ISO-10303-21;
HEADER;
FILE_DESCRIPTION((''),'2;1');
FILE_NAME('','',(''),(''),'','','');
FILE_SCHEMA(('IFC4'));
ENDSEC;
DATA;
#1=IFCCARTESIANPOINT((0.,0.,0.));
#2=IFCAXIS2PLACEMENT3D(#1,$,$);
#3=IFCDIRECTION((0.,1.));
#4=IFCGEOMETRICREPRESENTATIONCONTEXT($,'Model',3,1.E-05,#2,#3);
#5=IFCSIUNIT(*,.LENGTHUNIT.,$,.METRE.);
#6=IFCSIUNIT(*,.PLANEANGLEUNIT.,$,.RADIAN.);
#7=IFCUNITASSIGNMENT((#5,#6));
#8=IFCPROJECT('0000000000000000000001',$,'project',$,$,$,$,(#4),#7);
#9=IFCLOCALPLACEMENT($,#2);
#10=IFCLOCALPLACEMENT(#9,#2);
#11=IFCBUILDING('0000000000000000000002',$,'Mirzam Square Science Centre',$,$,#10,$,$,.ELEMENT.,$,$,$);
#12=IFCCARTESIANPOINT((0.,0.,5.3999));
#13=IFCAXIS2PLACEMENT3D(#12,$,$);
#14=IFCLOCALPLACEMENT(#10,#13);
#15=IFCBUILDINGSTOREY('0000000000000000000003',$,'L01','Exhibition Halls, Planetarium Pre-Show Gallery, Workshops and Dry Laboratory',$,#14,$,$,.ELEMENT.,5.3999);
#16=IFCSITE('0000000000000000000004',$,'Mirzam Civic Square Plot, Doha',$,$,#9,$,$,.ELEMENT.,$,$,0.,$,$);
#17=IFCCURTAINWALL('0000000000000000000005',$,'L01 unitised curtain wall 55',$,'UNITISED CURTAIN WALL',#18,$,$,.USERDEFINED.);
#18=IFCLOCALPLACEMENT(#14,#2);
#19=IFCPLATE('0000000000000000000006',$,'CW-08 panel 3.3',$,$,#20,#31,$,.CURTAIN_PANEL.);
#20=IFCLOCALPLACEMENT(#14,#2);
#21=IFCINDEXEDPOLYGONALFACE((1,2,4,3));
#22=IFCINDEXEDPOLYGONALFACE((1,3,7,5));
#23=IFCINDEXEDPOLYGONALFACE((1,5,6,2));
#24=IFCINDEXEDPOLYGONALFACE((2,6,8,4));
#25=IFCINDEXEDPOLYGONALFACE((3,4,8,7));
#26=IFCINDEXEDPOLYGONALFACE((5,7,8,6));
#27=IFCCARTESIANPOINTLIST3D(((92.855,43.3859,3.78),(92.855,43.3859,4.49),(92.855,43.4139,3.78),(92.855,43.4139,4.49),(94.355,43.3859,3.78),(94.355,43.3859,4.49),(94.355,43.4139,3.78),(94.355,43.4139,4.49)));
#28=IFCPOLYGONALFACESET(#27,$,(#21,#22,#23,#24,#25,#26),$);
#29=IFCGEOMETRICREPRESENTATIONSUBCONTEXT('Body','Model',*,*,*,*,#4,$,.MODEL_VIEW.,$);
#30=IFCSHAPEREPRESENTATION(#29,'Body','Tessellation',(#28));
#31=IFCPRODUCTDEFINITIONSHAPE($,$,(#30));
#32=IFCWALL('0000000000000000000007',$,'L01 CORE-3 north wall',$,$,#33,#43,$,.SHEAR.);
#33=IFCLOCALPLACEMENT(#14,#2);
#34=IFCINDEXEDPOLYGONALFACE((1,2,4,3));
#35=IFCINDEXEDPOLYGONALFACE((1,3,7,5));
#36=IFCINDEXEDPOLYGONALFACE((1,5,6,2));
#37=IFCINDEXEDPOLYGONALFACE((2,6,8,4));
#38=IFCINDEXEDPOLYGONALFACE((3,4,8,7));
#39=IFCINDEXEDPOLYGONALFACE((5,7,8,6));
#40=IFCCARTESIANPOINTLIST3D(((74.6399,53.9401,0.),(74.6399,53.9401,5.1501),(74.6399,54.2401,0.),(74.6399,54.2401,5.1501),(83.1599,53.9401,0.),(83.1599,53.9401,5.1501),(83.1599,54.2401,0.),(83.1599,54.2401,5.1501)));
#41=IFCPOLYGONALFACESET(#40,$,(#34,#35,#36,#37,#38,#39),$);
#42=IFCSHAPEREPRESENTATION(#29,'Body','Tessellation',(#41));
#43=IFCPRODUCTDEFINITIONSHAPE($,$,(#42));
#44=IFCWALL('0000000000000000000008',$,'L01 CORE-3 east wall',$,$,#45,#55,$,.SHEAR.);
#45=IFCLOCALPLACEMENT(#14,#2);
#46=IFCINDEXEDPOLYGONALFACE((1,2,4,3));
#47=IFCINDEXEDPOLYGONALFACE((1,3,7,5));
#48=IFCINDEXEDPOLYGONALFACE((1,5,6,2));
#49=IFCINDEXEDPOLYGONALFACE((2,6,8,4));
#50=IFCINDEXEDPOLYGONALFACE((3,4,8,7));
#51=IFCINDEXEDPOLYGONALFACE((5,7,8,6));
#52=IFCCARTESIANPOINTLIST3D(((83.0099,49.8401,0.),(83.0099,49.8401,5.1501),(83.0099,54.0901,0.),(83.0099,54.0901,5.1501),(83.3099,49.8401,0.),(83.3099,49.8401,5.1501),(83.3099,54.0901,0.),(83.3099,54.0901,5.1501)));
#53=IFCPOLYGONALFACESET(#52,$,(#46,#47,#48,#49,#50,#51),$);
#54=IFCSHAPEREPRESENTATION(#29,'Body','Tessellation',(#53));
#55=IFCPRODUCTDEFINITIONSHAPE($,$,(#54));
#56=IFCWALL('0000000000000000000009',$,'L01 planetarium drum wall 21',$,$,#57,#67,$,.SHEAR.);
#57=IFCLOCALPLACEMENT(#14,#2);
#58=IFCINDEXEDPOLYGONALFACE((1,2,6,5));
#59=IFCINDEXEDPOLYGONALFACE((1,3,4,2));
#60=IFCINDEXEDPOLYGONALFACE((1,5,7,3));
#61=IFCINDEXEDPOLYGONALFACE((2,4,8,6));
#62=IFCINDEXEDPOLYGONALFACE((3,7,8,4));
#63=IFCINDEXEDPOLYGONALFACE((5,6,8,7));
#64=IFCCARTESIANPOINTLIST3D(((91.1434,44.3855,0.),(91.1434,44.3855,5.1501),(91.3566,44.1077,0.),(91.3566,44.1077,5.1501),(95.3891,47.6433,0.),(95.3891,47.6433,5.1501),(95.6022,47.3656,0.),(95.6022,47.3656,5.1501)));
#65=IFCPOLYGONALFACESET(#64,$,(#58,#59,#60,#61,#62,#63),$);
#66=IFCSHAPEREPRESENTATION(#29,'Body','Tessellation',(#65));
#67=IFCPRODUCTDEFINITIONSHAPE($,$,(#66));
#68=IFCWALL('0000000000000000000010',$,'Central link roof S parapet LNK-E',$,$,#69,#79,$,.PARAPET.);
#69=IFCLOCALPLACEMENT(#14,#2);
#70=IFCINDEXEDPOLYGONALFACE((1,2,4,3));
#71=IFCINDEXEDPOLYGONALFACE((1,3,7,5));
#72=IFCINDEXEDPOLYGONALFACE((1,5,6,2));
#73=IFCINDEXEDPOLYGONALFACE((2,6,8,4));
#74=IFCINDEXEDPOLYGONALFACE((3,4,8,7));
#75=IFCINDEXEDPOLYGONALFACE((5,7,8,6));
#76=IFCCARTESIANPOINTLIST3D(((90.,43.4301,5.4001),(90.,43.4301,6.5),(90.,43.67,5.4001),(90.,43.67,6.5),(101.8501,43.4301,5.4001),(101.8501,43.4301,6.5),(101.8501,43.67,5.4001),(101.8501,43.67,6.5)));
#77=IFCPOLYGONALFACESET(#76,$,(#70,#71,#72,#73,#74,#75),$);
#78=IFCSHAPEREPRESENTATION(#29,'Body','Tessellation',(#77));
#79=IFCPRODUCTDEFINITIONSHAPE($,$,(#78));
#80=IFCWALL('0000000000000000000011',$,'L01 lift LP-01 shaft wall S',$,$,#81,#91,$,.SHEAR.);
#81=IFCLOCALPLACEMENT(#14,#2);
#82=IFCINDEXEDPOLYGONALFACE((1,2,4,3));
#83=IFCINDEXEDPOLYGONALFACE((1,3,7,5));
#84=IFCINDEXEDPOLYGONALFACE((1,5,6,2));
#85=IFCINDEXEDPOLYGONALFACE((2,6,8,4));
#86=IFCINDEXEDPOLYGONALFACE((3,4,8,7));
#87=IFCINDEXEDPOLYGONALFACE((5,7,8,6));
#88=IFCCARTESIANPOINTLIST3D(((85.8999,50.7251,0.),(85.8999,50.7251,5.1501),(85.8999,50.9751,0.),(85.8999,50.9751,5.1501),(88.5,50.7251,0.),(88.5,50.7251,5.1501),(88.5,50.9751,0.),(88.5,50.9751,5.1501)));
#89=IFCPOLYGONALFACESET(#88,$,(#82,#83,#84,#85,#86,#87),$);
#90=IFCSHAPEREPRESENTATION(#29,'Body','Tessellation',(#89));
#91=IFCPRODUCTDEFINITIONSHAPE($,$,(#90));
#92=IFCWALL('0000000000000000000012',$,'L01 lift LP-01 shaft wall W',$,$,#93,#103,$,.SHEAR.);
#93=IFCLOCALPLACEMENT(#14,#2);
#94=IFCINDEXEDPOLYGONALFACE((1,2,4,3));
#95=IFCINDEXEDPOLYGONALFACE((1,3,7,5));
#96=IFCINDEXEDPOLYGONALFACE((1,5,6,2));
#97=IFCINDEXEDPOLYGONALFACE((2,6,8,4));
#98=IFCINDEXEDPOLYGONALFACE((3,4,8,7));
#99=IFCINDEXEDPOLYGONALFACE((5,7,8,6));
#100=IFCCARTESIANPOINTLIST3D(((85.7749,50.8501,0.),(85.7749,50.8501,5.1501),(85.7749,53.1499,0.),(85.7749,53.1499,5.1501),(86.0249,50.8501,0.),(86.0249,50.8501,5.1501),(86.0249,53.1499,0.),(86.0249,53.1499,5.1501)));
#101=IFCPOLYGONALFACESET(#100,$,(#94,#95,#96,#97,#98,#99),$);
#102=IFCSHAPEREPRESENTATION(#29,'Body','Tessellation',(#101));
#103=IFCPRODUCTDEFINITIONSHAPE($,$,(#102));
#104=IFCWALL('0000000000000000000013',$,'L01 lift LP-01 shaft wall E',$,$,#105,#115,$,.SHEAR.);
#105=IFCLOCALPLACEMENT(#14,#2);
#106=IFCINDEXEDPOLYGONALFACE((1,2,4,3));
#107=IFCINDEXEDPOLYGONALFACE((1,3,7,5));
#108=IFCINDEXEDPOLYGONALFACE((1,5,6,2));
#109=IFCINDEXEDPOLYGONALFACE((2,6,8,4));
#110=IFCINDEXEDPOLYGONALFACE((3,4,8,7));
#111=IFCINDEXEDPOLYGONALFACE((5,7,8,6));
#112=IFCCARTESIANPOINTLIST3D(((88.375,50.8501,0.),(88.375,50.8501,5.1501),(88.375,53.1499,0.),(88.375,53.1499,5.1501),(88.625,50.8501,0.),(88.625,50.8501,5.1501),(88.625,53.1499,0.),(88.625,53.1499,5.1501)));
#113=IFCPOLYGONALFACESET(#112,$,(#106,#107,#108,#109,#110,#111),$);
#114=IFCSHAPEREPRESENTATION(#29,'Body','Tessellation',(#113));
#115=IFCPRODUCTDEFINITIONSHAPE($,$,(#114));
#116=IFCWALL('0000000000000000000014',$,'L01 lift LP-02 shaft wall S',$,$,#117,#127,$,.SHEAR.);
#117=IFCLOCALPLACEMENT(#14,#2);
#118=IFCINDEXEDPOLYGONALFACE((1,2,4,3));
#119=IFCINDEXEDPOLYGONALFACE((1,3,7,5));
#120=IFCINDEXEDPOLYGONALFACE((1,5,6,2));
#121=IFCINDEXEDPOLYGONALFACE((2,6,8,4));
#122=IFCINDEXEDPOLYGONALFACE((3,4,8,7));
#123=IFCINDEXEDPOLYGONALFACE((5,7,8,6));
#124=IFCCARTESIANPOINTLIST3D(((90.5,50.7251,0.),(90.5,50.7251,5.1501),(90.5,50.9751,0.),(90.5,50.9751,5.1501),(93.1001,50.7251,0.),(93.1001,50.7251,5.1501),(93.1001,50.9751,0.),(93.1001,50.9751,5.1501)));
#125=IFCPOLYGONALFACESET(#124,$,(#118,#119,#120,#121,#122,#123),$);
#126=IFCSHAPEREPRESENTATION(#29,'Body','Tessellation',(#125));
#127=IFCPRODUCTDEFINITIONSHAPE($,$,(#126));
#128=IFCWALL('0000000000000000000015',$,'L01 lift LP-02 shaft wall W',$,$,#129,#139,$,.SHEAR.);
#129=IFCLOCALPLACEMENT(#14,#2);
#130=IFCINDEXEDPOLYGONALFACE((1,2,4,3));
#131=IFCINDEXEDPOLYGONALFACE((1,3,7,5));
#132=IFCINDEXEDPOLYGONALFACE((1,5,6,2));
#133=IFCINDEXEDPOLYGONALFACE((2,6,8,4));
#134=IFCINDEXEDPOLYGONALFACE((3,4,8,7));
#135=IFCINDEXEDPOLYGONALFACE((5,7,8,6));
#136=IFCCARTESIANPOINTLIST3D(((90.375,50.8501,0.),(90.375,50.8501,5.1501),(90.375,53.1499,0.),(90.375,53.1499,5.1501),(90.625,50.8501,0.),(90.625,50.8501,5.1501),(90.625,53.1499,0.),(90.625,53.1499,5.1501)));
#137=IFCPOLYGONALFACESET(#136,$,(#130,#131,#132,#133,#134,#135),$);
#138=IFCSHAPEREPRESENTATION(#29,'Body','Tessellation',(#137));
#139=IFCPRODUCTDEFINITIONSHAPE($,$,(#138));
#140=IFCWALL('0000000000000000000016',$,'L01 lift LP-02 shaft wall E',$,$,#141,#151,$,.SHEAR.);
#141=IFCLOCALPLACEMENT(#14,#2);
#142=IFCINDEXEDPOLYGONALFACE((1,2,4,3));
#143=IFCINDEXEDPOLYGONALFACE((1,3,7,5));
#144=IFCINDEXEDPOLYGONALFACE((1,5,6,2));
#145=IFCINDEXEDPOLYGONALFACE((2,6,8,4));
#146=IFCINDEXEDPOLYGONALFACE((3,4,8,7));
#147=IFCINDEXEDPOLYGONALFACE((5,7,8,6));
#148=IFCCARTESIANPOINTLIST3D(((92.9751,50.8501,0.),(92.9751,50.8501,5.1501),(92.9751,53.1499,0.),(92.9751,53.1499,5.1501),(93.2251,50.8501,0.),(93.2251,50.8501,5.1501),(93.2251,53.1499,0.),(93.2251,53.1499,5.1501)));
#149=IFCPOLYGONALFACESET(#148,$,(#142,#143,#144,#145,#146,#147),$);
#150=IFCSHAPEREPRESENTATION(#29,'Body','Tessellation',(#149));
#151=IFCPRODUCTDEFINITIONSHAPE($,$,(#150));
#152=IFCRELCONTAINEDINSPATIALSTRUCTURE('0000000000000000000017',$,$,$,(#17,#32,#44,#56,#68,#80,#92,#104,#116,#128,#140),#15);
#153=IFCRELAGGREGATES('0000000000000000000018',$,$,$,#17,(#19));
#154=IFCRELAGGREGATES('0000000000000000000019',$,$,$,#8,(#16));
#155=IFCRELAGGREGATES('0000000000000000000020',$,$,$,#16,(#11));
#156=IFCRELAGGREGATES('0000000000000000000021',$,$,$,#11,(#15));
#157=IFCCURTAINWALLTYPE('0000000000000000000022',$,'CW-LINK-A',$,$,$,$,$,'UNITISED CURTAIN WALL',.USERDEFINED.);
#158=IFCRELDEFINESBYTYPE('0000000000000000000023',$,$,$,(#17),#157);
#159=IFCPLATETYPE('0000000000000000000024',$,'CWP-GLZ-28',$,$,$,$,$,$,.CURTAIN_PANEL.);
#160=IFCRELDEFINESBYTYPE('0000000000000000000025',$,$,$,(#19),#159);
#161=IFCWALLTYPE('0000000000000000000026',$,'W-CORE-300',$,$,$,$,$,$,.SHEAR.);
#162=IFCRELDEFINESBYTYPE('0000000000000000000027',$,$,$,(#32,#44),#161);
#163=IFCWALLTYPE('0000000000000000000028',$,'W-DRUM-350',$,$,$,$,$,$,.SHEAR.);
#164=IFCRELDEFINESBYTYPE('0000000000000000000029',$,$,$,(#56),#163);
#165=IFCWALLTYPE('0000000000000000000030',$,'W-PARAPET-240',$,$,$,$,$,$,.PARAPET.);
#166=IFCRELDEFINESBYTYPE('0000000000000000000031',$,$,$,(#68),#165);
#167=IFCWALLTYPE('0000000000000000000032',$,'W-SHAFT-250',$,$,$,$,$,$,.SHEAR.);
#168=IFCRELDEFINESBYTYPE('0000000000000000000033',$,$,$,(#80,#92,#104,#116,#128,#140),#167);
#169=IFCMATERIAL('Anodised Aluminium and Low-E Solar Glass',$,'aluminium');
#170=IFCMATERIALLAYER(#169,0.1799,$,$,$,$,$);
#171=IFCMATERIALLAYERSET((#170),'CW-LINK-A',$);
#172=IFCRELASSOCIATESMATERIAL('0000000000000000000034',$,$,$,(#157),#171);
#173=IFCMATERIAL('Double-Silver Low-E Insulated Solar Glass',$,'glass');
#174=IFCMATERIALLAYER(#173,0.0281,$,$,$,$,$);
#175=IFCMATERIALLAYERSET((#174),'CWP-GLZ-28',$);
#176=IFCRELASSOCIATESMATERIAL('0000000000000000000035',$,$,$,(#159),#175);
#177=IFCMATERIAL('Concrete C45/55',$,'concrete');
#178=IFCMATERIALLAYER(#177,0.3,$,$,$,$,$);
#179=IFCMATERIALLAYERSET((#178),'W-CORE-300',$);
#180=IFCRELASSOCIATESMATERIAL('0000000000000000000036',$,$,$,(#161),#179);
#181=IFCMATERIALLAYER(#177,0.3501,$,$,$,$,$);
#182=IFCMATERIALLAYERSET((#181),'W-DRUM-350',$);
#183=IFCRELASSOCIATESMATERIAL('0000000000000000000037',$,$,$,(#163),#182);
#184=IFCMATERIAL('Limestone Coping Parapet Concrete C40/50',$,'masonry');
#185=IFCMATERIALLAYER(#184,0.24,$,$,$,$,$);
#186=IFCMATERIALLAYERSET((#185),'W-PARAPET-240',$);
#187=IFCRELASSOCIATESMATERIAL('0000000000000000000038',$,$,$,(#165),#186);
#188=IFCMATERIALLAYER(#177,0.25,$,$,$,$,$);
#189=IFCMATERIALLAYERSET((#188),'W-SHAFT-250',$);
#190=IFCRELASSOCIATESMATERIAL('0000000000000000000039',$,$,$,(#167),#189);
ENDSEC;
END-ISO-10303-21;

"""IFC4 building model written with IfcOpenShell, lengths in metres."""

from ifc_helpers import new_model, si_unit, direction, frame, frame_2d, origin, origin_2d, place, context, subcontext, project, spatial, rectangle, extrude, material, layer, layer_set, type_object, element, aggregate, save


model = new_model("IFC4")

# Units and contexts
model_context = context("Model", 3, precision=1e-05, world=origin(), true_north=direction((0.0, 1.0)))
body_context = subcontext(model_context, "Body", "Model", "MODEL_VIEW")
ifc_project = project(units=[si_unit("LENGTHUNIT", "METRE"), si_unit("PLANEANGLEUNIT", "RADIAN")], contexts=[model_context])

# Site, building, storey
site_placement = place(None, origin())
site = spatial("IfcSite", under=ifc_project, at=site_placement, Name="Mirzam Civic Square Plot, Doha", CompositionType="ELEMENT", RefElevation=0.0)
building_placement = place(site_placement, origin())
building = spatial("IfcBuilding", under=site, at=building_placement, Name="Mirzam Square Science Centre", CompositionType="ELEMENT")
storey_placement = place(building_placement, frame((0.0, 0.0, 5.3999)))
storey = spatial("IfcBuildingStorey", under=building, at=storey_placement, Name="L01", Description="Exhibition Halls, Planetarium Pre-Show Gallery, Workshops and Dry Laboratory", CompositionType="ELEMENT", Elevation=5.3999)

# Shared definitions
ifc_material_1 = material(Name="Concrete C45/55", Category="concrete")

# Curtain wall, plate
ifc_material_2 = material(Name="Anodised Aluminium and Low-E Solar Glass", Category="aluminium")
ifc_layer_1 = layer(ifc_material_2, 0.1799)
ifc_layer_set_1 = layer_set([ifc_layer_1], Name="CW-LINK-A")
curtain_wall_type = type_object("IfcCurtainWallType", Name="CW-LINK-A", ElementType="UNITISED CURTAIN WALL", PredefinedType="USERDEFINED", material=ifc_layer_set_1)
curtain_wall_placement = place(storey_placement, origin())
curtain_wall = element("IfcCurtainWall", 1, at=curtain_wall_placement, inside=storey, type_object=curtain_wall_type, Name="L01 unitised curtain wall 55", ObjectType="UNITISED CURTAIN WALL", PredefinedType="USERDEFINED")
ifc_material_3 = material(Name="Double-Silver Low-E Insulated Solar Glass", Category="glass")
ifc_layer_2 = layer(ifc_material_3, 0.0281)
ifc_layer_set_2 = layer_set([ifc_layer_2], Name="CWP-GLZ-28")
plate_type = type_object("IfcPlateType", Name="CWP-GLZ-28", PredefinedType="CURTAIN_PANEL", material=ifc_layer_set_2)
plate_1_placement = place(storey_placement, frame((93.605, 43.3999, 3.78), z_axis=(0.0, 0.0, 1.0), x_axis=(1.0, 0.0, 0.0)))
plate_1 = element("IfcPlate", 2, at=plate_1_placement, type_object=plate_type, Name="CW-08 panel 3.3", PredefinedType="CURTAIN_PANEL", context=body_context, shape_type="SweptSolid", body=[
    extrude(rectangle(XDim=1.5, YDim=0.0281, at=origin_2d()), origin(), (0.0, 0.0, 1.0), 0.71),
])
aggregate(curtain_wall, [plate_1])

# Walls
ifc_layer_3 = layer(ifc_material_1, 0.3)
ifc_layer_set_3 = layer_set([ifc_layer_3], Name="W-CORE-300")
wall_type_1 = type_object("IfcWallType", Name="W-CORE-300", PredefinedType="SHEAR", material=ifc_layer_set_3)
wall_1_placement = place(storey_placement, frame((83.1599, 54.0901, 0.0), z_axis=(0.0, 0.0, 1.0), x_axis=(-1.0, 0.0, 0.0)))
element("IfcWall", 3, at=wall_1_placement, inside=storey, type_object=wall_type_1, Name="L01 CORE-3 north wall", PredefinedType="SHEAR", context=body_context, shape_type="SweptSolid", body=[
    extrude(rectangle(XDim=8.52, YDim=0.3, at=frame_2d((4.26, 0.0))), origin(), (0.0, 0.0, 1.0), 5.1501),
])
wall_2_placement = place(storey_placement, frame((83.1599, 49.8401, 0.0), z_axis=(0.0, 0.0, 1.0), x_axis=(0.0, 1.0, 0.0)))
element("IfcWall", 4, at=wall_2_placement, inside=storey, type_object=wall_type_1, Name="L01 CORE-3 east wall", PredefinedType="SHEAR", context=body_context, shape_type="SweptSolid", body=[
    extrude(rectangle(XDim=4.25, YDim=0.3, at=frame_2d((2.125, 0.0))), origin(), (0.0, 0.0, 1.0), 5.1501),
])
ifc_layer_4 = layer(ifc_material_1, 0.3501)
ifc_layer_set_4 = layer_set([ifc_layer_4], Name="W-DRUM-350")
wall_type_2 = type_object("IfcWallType", Name="W-DRUM-350", PredefinedType="SHEAR", material=ifc_layer_set_4)
wall_3_placement = place(storey_placement, frame((91.25, 44.2466, 0.0), z_axis=(0.0, 0.0, 1.0), x_axis=(0.793349, 0.608767, 0.0)))
element("IfcWall", 5, at=wall_3_placement, inside=storey, type_object=wall_type_2, Name="L01 planetarium drum wall 21", PredefinedType="SHEAR", context=body_context, shape_type="SweptSolid", body=[
    extrude(rectangle(XDim=5.3516, YDim=0.3501, at=frame_2d((2.6758, 0.0))), origin(), (0.0, 0.0, 1.0), 5.1501),
])
ifc_material_4 = material(Name="Limestone Coping Parapet Concrete C40/50", Category="masonry")
ifc_layer_5 = layer(ifc_material_4, 0.24)
ifc_layer_set_5 = layer_set([ifc_layer_5], Name="W-PARAPET-240")
wall_type_3 = type_object("IfcWallType", Name="W-PARAPET-240", PredefinedType="PARAPET", material=ifc_layer_set_5)
wall_4_placement = place(storey_placement, frame((90.0, 43.55, 5.4001), z_axis=(0.0, 0.0, 1.0), x_axis=(1.0, 0.0, 0.0)))
element("IfcWall", 6, at=wall_4_placement, inside=storey, type_object=wall_type_3, Name="Central link roof S parapet LNK-E", PredefinedType="PARAPET", context=body_context, shape_type="SweptSolid", body=[
    extrude(rectangle(XDim=11.8501, YDim=0.24, at=frame_2d((5.925, 0.0))), origin(), (0.0, 0.0, 1.0), 1.0999),
])
ifc_layer_6 = layer(ifc_material_1, 0.25)
ifc_layer_set_6 = layer_set([ifc_layer_6], Name="W-SHAFT-250")
wall_type_4 = type_object("IfcWallType", Name="W-SHAFT-250", PredefinedType="SHEAR", material=ifc_layer_set_6)
wall_5_placement = place(storey_placement, frame((85.8999, 50.8501, 0.0), z_axis=(0.0, 0.0, 1.0), x_axis=(1.0, 0.0, 0.0)))
element("IfcWall", 7, at=wall_5_placement, inside=storey, type_object=wall_type_4, Name="L01 lift LP-01 shaft wall S", PredefinedType="SHEAR", context=body_context, shape_type="SweptSolid", body=[
    extrude(rectangle(XDim=2.6001, YDim=0.25, at=frame_2d((1.3, 0.0))), origin(), (0.0, 0.0, 1.0), 5.1501),
])

# Walls
for number, where, z_axis, x_axis, name in (
    (8, (85.8999, 53.1499, 0.0), (0.0, 0.0, 1.0), (0.0, -1.0, 0.0), "L01 lift LP-01 shaft wall W"),
    (9, (88.5, 50.8501, 0.0), (0.0, 0.0, 1.0), (0.0, 1.0, 0.0), "L01 lift LP-01 shaft wall E"),
):
    element("IfcWall", number, at=place(storey_placement, frame(where, z_axis=z_axis, x_axis=x_axis)), inside=storey, type_object=wall_type_4, Name=name, PredefinedType="SHEAR", context=body_context, shape_type="SweptSolid", body=[
        extrude(rectangle(XDim=2.2998, YDim=0.25, at=frame_2d((1.1499, 0.0))), origin(), (0.0, 0.0, 1.0), 5.1501),
    ])
wall_6_placement = place(storey_placement, frame((90.5, 50.8501, 0.0), z_axis=(0.0, 0.0, 1.0), x_axis=(1.0, 0.0, 0.0)))
element("IfcWall", 10, at=wall_6_placement, inside=storey, type_object=wall_type_4, Name="L01 lift LP-02 shaft wall S", PredefinedType="SHEAR", context=body_context, shape_type="SweptSolid", body=[
    extrude(rectangle(XDim=2.6001, YDim=0.25, at=frame_2d((1.3, 0.0))), origin(), (0.0, 0.0, 1.0), 5.1501),
])

# Walls
for number, where, z_axis, x_axis, name in (
    (11, (90.5, 53.1499, 0.0), (0.0, 0.0, 1.0), (0.0, -1.0, 0.0), "L01 lift LP-02 shaft wall W"),
    (12, (93.1001, 50.8501, 0.0), (0.0, 0.0, 1.0), (0.0, 1.0, 0.0), "L01 lift LP-02 shaft wall E"),
):
    element("IfcWall", number, at=place(storey_placement, frame(where, z_axis=z_axis, x_axis=x_axis)), inside=storey, type_object=wall_type_4, Name=name, PredefinedType="SHEAR", context=body_context, shape_type="SweptSolid", body=[
        extrude(rectangle(XDim=2.2998, YDim=0.25, at=frame_2d((1.1499, 0.0))), origin(), (0.0, 0.0, 1.0), 5.1501),
    ])

save(model, "model.ifc")
